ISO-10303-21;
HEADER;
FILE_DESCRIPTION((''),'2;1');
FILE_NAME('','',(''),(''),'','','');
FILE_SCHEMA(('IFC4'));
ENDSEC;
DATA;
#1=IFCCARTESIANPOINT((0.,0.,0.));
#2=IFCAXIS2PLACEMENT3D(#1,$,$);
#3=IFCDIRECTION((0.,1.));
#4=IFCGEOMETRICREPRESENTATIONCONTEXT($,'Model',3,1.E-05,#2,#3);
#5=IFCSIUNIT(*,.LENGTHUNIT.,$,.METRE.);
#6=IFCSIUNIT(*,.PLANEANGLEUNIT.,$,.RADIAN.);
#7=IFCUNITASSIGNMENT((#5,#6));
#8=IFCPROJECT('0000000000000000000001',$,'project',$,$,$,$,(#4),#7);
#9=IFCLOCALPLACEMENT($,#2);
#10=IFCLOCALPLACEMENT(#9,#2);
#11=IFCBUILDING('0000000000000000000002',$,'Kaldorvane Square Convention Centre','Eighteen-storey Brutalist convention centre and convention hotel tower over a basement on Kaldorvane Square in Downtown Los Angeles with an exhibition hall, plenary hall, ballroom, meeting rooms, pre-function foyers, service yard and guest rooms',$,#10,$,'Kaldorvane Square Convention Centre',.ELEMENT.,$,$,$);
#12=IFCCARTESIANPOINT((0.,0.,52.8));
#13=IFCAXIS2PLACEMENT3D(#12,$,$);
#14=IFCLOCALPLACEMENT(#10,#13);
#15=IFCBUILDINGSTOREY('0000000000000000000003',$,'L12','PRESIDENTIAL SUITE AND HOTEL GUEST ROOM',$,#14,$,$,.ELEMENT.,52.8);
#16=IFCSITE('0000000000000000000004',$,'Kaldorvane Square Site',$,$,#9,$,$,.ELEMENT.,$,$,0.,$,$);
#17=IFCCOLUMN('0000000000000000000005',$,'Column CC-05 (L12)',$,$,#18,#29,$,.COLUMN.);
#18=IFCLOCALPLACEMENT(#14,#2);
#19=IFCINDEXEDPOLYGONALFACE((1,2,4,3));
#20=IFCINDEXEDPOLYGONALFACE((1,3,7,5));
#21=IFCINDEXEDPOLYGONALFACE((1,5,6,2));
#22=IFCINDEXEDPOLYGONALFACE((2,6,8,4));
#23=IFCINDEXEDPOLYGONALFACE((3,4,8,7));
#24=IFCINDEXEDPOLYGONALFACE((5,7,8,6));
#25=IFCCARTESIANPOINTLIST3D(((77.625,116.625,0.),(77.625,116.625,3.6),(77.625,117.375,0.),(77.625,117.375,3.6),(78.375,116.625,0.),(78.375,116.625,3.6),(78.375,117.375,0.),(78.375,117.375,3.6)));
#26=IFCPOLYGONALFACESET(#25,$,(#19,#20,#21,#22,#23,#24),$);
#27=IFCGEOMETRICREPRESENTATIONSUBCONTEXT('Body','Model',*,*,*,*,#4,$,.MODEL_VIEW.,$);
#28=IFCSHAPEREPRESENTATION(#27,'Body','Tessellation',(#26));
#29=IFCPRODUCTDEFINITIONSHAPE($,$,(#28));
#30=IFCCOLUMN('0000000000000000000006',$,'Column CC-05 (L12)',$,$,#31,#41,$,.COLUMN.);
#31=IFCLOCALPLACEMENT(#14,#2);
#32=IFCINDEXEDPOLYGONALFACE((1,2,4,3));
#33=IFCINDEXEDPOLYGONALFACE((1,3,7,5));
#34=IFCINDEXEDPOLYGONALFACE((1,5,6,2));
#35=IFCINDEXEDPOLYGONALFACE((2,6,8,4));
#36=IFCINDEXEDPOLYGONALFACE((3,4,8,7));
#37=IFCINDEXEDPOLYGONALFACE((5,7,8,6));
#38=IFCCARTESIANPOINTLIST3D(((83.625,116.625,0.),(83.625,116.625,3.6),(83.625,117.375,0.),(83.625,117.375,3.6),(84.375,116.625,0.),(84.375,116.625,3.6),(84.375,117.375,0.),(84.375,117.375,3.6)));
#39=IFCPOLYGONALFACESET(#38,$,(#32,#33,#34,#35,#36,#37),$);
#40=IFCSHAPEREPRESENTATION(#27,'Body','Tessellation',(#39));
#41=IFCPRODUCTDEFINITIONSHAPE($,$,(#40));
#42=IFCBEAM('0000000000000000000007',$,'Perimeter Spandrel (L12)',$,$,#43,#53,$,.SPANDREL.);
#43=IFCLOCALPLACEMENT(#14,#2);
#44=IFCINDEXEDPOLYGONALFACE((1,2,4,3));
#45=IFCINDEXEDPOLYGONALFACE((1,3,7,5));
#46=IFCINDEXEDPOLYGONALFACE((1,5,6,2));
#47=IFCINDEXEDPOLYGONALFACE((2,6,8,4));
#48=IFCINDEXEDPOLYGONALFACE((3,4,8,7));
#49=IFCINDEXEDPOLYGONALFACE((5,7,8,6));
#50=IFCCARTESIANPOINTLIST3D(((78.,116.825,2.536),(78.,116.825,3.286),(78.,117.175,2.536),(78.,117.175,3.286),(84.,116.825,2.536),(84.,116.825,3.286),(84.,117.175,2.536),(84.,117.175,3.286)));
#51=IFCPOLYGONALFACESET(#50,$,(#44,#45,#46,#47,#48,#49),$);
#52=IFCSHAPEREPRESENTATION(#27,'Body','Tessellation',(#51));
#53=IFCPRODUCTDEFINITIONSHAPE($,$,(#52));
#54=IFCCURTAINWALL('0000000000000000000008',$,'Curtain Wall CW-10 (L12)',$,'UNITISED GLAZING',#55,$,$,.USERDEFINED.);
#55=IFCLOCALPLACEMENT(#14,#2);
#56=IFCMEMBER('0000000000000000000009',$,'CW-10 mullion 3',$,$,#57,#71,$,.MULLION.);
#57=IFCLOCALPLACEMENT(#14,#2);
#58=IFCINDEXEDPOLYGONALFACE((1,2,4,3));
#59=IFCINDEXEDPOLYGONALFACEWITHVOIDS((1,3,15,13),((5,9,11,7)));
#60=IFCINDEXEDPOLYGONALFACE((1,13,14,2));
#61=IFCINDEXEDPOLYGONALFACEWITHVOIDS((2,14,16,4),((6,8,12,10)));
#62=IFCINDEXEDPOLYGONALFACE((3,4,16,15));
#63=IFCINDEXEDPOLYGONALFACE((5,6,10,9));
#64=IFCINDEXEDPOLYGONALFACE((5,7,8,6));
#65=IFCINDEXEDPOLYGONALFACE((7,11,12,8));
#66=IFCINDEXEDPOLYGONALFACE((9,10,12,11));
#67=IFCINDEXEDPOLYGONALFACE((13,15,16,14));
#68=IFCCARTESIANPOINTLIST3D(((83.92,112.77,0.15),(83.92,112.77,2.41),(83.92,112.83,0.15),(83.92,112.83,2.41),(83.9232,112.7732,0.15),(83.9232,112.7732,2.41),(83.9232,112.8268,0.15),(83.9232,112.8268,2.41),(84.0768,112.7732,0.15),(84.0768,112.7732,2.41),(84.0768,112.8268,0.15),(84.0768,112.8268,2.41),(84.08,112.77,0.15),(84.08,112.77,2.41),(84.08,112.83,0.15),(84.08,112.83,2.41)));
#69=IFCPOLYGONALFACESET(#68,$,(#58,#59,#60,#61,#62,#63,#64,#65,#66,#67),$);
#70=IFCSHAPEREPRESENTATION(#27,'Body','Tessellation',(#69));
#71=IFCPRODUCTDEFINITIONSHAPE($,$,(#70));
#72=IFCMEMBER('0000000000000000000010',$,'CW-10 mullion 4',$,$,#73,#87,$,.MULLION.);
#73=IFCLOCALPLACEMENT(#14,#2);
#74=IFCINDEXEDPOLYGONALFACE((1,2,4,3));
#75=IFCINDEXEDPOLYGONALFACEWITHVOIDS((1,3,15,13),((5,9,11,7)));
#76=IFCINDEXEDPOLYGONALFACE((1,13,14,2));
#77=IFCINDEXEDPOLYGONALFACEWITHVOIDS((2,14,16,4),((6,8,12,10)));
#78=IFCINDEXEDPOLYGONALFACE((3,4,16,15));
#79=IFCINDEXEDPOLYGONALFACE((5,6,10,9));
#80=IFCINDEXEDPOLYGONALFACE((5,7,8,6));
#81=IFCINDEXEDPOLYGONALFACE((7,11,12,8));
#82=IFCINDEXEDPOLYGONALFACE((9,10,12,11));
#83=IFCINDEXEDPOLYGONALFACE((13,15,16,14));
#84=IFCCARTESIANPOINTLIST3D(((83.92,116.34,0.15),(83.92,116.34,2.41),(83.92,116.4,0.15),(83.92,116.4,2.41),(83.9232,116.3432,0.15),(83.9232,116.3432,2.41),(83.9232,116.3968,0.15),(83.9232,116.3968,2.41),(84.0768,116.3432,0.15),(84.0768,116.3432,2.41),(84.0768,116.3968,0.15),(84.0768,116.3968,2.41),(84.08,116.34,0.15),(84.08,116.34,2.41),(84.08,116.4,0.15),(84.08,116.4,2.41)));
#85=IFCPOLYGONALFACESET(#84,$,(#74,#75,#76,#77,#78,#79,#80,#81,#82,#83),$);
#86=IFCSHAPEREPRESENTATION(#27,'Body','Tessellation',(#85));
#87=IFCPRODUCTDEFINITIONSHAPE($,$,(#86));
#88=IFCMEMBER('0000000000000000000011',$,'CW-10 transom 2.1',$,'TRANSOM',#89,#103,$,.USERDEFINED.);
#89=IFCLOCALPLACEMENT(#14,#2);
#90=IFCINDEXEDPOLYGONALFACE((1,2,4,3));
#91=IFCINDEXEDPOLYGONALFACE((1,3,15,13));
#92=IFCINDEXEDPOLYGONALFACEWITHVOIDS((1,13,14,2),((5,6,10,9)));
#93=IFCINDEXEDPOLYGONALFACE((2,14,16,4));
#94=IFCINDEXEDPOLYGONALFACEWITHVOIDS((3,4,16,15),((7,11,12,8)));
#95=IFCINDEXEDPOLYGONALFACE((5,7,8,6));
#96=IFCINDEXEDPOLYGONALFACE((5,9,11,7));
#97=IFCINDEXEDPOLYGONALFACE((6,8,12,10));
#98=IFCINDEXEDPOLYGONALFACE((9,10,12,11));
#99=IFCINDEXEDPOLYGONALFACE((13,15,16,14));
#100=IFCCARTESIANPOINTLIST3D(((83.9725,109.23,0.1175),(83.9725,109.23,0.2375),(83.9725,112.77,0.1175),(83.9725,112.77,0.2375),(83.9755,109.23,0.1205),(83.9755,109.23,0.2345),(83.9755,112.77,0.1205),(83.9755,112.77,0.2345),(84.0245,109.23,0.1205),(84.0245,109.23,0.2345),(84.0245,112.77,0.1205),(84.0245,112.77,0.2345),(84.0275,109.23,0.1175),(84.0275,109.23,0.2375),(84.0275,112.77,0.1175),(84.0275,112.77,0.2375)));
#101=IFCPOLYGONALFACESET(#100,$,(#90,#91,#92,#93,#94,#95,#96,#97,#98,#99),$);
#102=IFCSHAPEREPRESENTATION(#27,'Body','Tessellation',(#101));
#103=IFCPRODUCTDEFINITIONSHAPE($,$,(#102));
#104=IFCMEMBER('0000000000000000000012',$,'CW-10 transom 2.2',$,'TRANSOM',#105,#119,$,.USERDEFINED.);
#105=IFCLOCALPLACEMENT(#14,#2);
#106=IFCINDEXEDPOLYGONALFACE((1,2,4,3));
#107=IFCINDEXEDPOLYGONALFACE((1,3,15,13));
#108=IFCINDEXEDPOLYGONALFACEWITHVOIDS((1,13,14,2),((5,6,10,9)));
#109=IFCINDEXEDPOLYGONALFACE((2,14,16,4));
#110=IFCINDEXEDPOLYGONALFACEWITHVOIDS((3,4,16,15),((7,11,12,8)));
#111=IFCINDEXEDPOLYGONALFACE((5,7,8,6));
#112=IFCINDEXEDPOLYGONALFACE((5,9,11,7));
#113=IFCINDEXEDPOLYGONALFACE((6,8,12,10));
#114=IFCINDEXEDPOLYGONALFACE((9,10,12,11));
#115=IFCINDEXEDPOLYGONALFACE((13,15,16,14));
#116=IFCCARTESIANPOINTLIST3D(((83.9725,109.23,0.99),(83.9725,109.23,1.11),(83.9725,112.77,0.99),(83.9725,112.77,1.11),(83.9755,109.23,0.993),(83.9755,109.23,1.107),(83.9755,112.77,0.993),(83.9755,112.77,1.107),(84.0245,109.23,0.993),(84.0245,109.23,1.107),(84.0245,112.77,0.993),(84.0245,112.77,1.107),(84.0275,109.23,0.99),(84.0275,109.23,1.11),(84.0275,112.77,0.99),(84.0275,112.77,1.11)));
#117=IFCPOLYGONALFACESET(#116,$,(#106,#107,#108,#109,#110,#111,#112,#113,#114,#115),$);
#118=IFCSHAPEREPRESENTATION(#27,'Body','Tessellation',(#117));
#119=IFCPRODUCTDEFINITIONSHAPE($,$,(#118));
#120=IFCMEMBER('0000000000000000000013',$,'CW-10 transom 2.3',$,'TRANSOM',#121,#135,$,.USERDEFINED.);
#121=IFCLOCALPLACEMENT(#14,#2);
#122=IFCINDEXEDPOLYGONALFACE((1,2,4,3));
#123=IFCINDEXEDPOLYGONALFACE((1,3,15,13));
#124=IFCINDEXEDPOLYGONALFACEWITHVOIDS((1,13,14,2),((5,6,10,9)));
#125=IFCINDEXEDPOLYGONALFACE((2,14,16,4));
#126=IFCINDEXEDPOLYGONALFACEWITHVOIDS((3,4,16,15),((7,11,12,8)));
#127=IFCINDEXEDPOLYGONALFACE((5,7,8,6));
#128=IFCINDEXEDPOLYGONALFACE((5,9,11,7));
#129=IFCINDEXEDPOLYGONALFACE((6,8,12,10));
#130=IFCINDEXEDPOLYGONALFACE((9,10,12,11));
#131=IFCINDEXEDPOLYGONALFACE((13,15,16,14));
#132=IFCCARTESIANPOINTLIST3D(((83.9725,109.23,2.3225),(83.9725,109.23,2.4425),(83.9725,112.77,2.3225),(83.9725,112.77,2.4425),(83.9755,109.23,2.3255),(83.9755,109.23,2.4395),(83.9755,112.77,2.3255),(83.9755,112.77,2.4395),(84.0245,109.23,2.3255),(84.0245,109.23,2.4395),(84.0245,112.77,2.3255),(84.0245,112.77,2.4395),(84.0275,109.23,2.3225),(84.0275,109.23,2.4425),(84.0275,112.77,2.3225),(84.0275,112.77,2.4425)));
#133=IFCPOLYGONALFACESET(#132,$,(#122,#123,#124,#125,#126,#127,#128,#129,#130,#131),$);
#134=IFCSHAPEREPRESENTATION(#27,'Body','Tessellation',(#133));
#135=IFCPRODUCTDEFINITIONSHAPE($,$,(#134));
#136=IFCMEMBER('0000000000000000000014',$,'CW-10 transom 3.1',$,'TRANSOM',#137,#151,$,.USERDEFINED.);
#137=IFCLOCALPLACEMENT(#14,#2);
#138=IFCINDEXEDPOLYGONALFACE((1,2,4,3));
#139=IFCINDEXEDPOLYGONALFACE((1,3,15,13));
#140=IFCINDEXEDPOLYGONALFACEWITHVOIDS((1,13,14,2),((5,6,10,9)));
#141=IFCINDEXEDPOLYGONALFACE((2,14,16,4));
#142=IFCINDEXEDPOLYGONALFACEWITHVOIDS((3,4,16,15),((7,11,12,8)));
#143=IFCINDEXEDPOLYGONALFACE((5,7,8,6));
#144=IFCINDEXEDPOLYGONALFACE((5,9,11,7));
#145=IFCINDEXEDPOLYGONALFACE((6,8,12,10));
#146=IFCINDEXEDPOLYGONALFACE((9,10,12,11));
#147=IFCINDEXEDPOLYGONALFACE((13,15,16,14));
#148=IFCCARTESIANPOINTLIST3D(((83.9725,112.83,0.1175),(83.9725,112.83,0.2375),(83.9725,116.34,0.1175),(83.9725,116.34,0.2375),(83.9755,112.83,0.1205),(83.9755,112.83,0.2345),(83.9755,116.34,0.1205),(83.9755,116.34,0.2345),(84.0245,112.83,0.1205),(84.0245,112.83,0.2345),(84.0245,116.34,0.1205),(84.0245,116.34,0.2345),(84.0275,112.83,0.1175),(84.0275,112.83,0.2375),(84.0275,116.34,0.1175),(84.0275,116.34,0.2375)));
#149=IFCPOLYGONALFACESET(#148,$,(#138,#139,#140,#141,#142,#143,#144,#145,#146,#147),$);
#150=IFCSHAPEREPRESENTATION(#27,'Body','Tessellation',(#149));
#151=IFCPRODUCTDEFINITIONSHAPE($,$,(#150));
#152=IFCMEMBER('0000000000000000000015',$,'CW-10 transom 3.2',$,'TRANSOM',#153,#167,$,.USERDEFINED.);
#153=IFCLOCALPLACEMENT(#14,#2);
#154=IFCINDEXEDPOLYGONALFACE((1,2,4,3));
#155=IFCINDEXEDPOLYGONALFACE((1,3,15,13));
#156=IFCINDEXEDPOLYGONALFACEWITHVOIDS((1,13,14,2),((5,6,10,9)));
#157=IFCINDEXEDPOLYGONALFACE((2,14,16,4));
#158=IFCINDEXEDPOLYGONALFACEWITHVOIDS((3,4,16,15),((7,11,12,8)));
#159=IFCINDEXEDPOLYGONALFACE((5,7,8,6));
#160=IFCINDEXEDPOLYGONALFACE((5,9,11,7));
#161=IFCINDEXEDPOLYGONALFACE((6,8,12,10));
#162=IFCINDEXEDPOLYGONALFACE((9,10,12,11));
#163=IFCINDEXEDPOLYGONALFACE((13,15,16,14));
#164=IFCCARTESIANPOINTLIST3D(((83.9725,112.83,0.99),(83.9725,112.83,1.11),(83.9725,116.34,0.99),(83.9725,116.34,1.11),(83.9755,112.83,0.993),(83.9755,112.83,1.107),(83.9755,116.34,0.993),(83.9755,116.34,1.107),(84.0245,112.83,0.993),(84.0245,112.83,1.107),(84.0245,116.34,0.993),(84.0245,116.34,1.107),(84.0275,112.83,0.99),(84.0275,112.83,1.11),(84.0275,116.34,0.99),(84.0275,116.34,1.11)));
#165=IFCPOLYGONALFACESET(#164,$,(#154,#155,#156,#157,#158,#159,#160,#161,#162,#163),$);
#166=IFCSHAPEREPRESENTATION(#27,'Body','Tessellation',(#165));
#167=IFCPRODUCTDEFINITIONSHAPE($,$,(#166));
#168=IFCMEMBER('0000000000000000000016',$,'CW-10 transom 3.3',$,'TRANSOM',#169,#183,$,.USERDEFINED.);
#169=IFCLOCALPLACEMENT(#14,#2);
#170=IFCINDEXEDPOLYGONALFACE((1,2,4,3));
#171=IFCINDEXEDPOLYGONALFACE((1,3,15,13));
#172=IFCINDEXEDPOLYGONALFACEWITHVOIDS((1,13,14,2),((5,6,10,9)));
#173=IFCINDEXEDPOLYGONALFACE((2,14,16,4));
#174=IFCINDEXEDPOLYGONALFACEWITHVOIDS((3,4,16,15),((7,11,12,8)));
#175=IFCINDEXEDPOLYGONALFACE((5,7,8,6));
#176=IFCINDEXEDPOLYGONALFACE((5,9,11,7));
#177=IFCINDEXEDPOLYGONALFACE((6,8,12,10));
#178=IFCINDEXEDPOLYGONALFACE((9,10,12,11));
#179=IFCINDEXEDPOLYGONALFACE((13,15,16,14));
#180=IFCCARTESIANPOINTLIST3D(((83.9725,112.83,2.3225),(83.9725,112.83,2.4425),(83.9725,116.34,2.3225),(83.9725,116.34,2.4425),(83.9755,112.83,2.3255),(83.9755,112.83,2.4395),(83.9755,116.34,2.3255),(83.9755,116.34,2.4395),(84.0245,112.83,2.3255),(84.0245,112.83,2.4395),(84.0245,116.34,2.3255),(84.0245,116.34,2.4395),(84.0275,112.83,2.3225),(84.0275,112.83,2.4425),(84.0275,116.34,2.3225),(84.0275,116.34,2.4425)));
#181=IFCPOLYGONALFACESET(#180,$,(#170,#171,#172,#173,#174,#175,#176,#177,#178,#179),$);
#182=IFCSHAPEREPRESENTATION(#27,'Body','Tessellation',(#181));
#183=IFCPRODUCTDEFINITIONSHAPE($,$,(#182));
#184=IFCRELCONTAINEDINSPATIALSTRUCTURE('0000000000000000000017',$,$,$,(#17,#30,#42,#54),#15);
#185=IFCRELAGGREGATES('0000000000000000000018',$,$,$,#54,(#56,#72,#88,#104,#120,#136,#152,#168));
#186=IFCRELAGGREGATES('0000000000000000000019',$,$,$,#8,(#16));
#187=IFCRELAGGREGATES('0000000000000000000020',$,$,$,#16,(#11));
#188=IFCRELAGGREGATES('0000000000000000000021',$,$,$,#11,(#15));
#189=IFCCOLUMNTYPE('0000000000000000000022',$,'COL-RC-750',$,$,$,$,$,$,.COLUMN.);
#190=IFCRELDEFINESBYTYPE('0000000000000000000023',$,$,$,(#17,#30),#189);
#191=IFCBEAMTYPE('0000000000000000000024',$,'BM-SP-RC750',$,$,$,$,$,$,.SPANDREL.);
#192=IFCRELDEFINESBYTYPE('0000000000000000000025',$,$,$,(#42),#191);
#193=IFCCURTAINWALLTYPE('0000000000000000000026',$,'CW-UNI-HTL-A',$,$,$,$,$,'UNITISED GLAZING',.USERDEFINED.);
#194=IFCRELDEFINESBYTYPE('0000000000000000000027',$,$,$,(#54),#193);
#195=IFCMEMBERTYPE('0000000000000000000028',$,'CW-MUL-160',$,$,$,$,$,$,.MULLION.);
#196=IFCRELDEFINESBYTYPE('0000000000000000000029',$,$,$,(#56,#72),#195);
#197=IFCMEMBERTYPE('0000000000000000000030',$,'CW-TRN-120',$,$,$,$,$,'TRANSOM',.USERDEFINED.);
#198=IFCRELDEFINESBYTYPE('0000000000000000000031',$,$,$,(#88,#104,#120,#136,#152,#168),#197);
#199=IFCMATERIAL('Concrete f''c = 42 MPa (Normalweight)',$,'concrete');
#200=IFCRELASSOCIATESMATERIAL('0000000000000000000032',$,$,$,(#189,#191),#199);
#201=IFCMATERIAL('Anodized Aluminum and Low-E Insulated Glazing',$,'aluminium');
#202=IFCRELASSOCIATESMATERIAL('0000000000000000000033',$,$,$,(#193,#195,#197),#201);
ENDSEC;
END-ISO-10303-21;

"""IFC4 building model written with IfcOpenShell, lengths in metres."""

from ifc_helpers import new_model, si_unit, direction, frame, origin, origin_2d, place, context, subcontext, project, spatial, rectangle, hollow_rectangle, extrude, material, material_profile, profile_set, type_object, element, aggregate, save


model = new_model("IFC4")

# Units and contexts
model_context = context("Model", 3, precision=1e-05, world=origin(), true_north=direction((0.0, 1.0)))
body_context = subcontext(model_context, "Body", "Model", "MODEL_VIEW")
ifc_project = project(units=[si_unit("LENGTHUNIT", "METRE"), si_unit("PLANEANGLEUNIT", "RADIAN")], contexts=[model_context])

# Site, building, storey
site_placement = place(None, origin())
site = spatial("IfcSite", under=ifc_project, at=site_placement, Name="Kaldorvane Square Site", CompositionType="ELEMENT", RefElevation=0.0)
building_placement = place(site_placement, origin())
building = spatial("IfcBuilding", under=site, at=building_placement, Name="Kaldorvane Square Convention Centre", Description="Eighteen-storey Brutalist convention centre and convention hotel tower over a basement on Kaldorvane Square in Downtown Los Angeles with an exhibition hall, plenary hall, ballroom, meeting rooms, pre-function foyers, service yard and guest rooms", LongName="Kaldorvane Square Convention Centre", CompositionType="ELEMENT")
storey_placement = place(building_placement, frame((0.0, 0.0, 52.8)))
storey = spatial("IfcBuildingStorey", under=building, at=storey_placement, Name="L12", Description="PRESIDENTIAL SUITE AND HOTEL GUEST ROOM", CompositionType="ELEMENT", Elevation=52.8)

# Columns
ifc_material_1 = material(Name="Concrete f'c = 42 MPa (Normalweight)", Category="concrete")
ifc_material_profile_1 = material_profile(ifc_material_1, rectangle(XDim=0.75, YDim=0.75, at=origin_2d()), Name="RC750X750")
ifc_profile_set_1 = profile_set([ifc_material_profile_1], Name="Concrete f'c = 42 MPa (Normalweight)")
column_type = type_object("IfcColumnType", Name="COL-RC-750", PredefinedType="COLUMN", material=ifc_profile_set_1)
for number, where, z_axis, x_axis, name in (
    (1, (78.0, 117.0, 0.0), (0.0, 0.0, 1.0), (1.0, 0.0, 0.0), "Column CC-05 (L12)"),
    (2, (84.0, 117.0, 0.0), (0.0, 0.0, 1.0), (1.0, 0.0, 0.0), "Column CC-05 (L12)"),
):
    element("IfcColumn", number, at=place(storey_placement, frame(where, z_axis=z_axis, x_axis=x_axis)), inside=storey, type_object=column_type, Name=name, PredefinedType="COLUMN", context=body_context, shape_type="SweptSolid", body=[
        extrude(rectangle(XDim=0.75, YDim=0.75, at=origin_2d()), origin(), (0.0, 0.0, 1.0), 3.6),
    ])

# Beam
ifc_material_profile_2 = material_profile(ifc_material_1, rectangle(XDim=0.35, YDim=0.75, at=origin_2d()), Name="RCSP750X350")
ifc_profile_set_2 = profile_set([ifc_material_profile_2], Name="Concrete f'c = 42 MPa (Normalweight)")
beam_type = type_object("IfcBeamType", Name="BM-SP-RC750", PredefinedType="SPANDREL", material=ifc_profile_set_2)
beam_placement = place(storey_placement, frame((78.0, 117.0, 2.911), z_axis=(1.0, 0.0, 0.0), x_axis=(0.0, 1.0, 0.0)))
element("IfcBeam", 3, at=beam_placement, inside=storey, type_object=beam_type, Name="Perimeter Spandrel (L12)", PredefinedType="SPANDREL", context=body_context, shape_type="SweptSolid", body=[
    extrude(rectangle(XDim=0.35, YDim=0.75, at=origin_2d()), origin(), (0.0, 0.0, 1.0), 6.0),
])

# Curtain wall, members
ifc_material_2 = material(Name="Anodized Aluminum and Low-E Insulated Glazing", Category="aluminium")
curtain_wall_type = type_object("IfcCurtainWallType", Name="CW-UNI-HTL-A", ElementType="UNITISED GLAZING", PredefinedType="USERDEFINED", material=ifc_material_2)
curtain_wall_placement = place(storey_placement, origin())
curtain_wall = element("IfcCurtainWall", 4, at=curtain_wall_placement, inside=storey, type_object=curtain_wall_type, Name="Curtain Wall CW-10 (L12)", ObjectType="UNITISED GLAZING", PredefinedType="USERDEFINED")
ifc_material_profile_3 = material_profile(ifc_material_2, hollow_rectangle(XDim=0.06, YDim=0.16, WallThickness=0.0032, at=origin_2d()), Name="CWM-160X60")
ifc_profile_set_3 = profile_set([ifc_material_profile_3], Name="Anodized Aluminum and Low-E Insulated Glazing")
member_type_1 = type_object("IfcMemberType", Name="CW-MUL-160", PredefinedType="MULLION", material=ifc_profile_set_3)
member_1_placement = place(storey_placement, frame((84.0, 112.8, 0.15), z_axis=(0.0, 0.0, 1.0), x_axis=(0.0, 1.0, 0.0)))
member_1 = element("IfcMember", 5, at=member_1_placement, type_object=member_type_1, Name="CW-10 mullion 3", PredefinedType="MULLION", context=body_context, shape_type="SweptSolid", body=[
    extrude(hollow_rectangle(XDim=0.06, YDim=0.16, WallThickness=0.0032, at=origin_2d()), origin(), (0.0, 0.0, 1.0), 2.26),
])
member_2_placement = place(storey_placement, frame((84.0, 116.37, 0.15), z_axis=(0.0, 0.0, 1.0), x_axis=(0.0, 1.0, 0.0)))
member_2 = element("IfcMember", 6, at=member_2_placement, type_object=member_type_1, Name="CW-10 mullion 4", PredefinedType="MULLION", context=body_context, shape_type="SweptSolid", body=[
    extrude(hollow_rectangle(XDim=0.06, YDim=0.16, WallThickness=0.0032, at=origin_2d()), origin(), (0.0, 0.0, 1.0), 2.26),
])
ifc_material_profile_4 = material_profile(ifc_material_2, hollow_rectangle(XDim=0.055, YDim=0.12, WallThickness=0.003, at=origin_2d()), Name="CWT-120X55")
ifc_profile_set_4 = profile_set([ifc_material_profile_4], Name="Anodized Aluminum and Low-E Insulated Glazing")
member_type_2 = type_object("IfcMemberType", Name="CW-TRN-120", ElementType="TRANSOM", PredefinedType="USERDEFINED", material=ifc_profile_set_4)
member_3_placement = place(storey_placement, frame((84.0, 109.23, 0.1775), z_axis=(0.0, 1.0, 0.0), x_axis=(-1.0, 0.0, 0.0)))
member_3 = element("IfcMember", 7, at=member_3_placement, type_object=member_type_2, Name="CW-10 transom 2.1", ObjectType="TRANSOM", PredefinedType="USERDEFINED", context=body_context, shape_type="SweptSolid", body=[
    extrude(hollow_rectangle(XDim=0.055, YDim=0.12, WallThickness=0.003, at=origin_2d()), origin(), (0.0, 0.0, 1.0), 3.54),
])
member_4_placement = place(storey_placement, frame((84.0, 109.23, 1.05), z_axis=(0.0, 1.0, 0.0), x_axis=(-1.0, 0.0, 0.0)))
member_4 = element("IfcMember", 8, at=member_4_placement, type_object=member_type_2, Name="CW-10 transom 2.2", ObjectType="TRANSOM", PredefinedType="USERDEFINED", context=body_context, shape_type="SweptSolid", body=[
    extrude(hollow_rectangle(XDim=0.055, YDim=0.12, WallThickness=0.003, at=origin_2d()), origin(), (0.0, 0.0, 1.0), 3.54),
])
member_5_placement = place(storey_placement, frame((84.0, 109.23, 2.3825), z_axis=(0.0, 1.0, 0.0), x_axis=(-1.0, 0.0, 0.0)))
member_5 = element("IfcMember", 9, at=member_5_placement, type_object=member_type_2, Name="CW-10 transom 2.3", ObjectType="TRANSOM", PredefinedType="USERDEFINED", context=body_context, shape_type="SweptSolid", body=[
    extrude(hollow_rectangle(XDim=0.055, YDim=0.12, WallThickness=0.003, at=origin_2d()), origin(), (0.0, 0.0, 1.0), 3.54),
])
member_6_placement = place(storey_placement, frame((84.0, 112.83, 0.1775), z_axis=(0.0, 1.0, 0.0), x_axis=(-1.0, 0.0, 0.0)))
member_6 = element("IfcMember", 10, at=member_6_placement, type_object=member_type_2, Name="CW-10 transom 3.1", ObjectType="TRANSOM", PredefinedType="USERDEFINED", context=body_context, shape_type="SweptSolid", body=[
    extrude(hollow_rectangle(XDim=0.055, YDim=0.12, WallThickness=0.003, at=origin_2d()), origin(), (0.0, 0.0, 1.0), 3.51),
])
member_7_placement = place(storey_placement, frame((84.0, 112.83, 1.05), z_axis=(0.0, 1.0, 0.0), x_axis=(-1.0, 0.0, 0.0)))
member_7 = element("IfcMember", 11, at=member_7_placement, type_object=member_type_2, Name="CW-10 transom 3.2", ObjectType="TRANSOM", PredefinedType="USERDEFINED", context=body_context, shape_type="SweptSolid", body=[
    extrude(hollow_rectangle(XDim=0.055, YDim=0.12, WallThickness=0.003, at=origin_2d()), origin(), (0.0, 0.0, 1.0), 3.51),
])
member_8_placement = place(storey_placement, frame((84.0, 112.83, 2.3825), z_axis=(0.0, 1.0, 0.0), x_axis=(-1.0, 0.0, 0.0)))
member_8 = element("IfcMember", 12, at=member_8_placement, type_object=member_type_2, Name="CW-10 transom 3.3", ObjectType="TRANSOM", PredefinedType="USERDEFINED", context=body_context, shape_type="SweptSolid", body=[
    extrude(hollow_rectangle(XDim=0.055, YDim=0.12, WallThickness=0.003, at=origin_2d()), origin(), (0.0, 0.0, 1.0), 3.51),
])
aggregate(curtain_wall, [member_1, member_2, member_3, member_4, member_5, member_6, member_7, member_8])

save(model, "model.ifc")
